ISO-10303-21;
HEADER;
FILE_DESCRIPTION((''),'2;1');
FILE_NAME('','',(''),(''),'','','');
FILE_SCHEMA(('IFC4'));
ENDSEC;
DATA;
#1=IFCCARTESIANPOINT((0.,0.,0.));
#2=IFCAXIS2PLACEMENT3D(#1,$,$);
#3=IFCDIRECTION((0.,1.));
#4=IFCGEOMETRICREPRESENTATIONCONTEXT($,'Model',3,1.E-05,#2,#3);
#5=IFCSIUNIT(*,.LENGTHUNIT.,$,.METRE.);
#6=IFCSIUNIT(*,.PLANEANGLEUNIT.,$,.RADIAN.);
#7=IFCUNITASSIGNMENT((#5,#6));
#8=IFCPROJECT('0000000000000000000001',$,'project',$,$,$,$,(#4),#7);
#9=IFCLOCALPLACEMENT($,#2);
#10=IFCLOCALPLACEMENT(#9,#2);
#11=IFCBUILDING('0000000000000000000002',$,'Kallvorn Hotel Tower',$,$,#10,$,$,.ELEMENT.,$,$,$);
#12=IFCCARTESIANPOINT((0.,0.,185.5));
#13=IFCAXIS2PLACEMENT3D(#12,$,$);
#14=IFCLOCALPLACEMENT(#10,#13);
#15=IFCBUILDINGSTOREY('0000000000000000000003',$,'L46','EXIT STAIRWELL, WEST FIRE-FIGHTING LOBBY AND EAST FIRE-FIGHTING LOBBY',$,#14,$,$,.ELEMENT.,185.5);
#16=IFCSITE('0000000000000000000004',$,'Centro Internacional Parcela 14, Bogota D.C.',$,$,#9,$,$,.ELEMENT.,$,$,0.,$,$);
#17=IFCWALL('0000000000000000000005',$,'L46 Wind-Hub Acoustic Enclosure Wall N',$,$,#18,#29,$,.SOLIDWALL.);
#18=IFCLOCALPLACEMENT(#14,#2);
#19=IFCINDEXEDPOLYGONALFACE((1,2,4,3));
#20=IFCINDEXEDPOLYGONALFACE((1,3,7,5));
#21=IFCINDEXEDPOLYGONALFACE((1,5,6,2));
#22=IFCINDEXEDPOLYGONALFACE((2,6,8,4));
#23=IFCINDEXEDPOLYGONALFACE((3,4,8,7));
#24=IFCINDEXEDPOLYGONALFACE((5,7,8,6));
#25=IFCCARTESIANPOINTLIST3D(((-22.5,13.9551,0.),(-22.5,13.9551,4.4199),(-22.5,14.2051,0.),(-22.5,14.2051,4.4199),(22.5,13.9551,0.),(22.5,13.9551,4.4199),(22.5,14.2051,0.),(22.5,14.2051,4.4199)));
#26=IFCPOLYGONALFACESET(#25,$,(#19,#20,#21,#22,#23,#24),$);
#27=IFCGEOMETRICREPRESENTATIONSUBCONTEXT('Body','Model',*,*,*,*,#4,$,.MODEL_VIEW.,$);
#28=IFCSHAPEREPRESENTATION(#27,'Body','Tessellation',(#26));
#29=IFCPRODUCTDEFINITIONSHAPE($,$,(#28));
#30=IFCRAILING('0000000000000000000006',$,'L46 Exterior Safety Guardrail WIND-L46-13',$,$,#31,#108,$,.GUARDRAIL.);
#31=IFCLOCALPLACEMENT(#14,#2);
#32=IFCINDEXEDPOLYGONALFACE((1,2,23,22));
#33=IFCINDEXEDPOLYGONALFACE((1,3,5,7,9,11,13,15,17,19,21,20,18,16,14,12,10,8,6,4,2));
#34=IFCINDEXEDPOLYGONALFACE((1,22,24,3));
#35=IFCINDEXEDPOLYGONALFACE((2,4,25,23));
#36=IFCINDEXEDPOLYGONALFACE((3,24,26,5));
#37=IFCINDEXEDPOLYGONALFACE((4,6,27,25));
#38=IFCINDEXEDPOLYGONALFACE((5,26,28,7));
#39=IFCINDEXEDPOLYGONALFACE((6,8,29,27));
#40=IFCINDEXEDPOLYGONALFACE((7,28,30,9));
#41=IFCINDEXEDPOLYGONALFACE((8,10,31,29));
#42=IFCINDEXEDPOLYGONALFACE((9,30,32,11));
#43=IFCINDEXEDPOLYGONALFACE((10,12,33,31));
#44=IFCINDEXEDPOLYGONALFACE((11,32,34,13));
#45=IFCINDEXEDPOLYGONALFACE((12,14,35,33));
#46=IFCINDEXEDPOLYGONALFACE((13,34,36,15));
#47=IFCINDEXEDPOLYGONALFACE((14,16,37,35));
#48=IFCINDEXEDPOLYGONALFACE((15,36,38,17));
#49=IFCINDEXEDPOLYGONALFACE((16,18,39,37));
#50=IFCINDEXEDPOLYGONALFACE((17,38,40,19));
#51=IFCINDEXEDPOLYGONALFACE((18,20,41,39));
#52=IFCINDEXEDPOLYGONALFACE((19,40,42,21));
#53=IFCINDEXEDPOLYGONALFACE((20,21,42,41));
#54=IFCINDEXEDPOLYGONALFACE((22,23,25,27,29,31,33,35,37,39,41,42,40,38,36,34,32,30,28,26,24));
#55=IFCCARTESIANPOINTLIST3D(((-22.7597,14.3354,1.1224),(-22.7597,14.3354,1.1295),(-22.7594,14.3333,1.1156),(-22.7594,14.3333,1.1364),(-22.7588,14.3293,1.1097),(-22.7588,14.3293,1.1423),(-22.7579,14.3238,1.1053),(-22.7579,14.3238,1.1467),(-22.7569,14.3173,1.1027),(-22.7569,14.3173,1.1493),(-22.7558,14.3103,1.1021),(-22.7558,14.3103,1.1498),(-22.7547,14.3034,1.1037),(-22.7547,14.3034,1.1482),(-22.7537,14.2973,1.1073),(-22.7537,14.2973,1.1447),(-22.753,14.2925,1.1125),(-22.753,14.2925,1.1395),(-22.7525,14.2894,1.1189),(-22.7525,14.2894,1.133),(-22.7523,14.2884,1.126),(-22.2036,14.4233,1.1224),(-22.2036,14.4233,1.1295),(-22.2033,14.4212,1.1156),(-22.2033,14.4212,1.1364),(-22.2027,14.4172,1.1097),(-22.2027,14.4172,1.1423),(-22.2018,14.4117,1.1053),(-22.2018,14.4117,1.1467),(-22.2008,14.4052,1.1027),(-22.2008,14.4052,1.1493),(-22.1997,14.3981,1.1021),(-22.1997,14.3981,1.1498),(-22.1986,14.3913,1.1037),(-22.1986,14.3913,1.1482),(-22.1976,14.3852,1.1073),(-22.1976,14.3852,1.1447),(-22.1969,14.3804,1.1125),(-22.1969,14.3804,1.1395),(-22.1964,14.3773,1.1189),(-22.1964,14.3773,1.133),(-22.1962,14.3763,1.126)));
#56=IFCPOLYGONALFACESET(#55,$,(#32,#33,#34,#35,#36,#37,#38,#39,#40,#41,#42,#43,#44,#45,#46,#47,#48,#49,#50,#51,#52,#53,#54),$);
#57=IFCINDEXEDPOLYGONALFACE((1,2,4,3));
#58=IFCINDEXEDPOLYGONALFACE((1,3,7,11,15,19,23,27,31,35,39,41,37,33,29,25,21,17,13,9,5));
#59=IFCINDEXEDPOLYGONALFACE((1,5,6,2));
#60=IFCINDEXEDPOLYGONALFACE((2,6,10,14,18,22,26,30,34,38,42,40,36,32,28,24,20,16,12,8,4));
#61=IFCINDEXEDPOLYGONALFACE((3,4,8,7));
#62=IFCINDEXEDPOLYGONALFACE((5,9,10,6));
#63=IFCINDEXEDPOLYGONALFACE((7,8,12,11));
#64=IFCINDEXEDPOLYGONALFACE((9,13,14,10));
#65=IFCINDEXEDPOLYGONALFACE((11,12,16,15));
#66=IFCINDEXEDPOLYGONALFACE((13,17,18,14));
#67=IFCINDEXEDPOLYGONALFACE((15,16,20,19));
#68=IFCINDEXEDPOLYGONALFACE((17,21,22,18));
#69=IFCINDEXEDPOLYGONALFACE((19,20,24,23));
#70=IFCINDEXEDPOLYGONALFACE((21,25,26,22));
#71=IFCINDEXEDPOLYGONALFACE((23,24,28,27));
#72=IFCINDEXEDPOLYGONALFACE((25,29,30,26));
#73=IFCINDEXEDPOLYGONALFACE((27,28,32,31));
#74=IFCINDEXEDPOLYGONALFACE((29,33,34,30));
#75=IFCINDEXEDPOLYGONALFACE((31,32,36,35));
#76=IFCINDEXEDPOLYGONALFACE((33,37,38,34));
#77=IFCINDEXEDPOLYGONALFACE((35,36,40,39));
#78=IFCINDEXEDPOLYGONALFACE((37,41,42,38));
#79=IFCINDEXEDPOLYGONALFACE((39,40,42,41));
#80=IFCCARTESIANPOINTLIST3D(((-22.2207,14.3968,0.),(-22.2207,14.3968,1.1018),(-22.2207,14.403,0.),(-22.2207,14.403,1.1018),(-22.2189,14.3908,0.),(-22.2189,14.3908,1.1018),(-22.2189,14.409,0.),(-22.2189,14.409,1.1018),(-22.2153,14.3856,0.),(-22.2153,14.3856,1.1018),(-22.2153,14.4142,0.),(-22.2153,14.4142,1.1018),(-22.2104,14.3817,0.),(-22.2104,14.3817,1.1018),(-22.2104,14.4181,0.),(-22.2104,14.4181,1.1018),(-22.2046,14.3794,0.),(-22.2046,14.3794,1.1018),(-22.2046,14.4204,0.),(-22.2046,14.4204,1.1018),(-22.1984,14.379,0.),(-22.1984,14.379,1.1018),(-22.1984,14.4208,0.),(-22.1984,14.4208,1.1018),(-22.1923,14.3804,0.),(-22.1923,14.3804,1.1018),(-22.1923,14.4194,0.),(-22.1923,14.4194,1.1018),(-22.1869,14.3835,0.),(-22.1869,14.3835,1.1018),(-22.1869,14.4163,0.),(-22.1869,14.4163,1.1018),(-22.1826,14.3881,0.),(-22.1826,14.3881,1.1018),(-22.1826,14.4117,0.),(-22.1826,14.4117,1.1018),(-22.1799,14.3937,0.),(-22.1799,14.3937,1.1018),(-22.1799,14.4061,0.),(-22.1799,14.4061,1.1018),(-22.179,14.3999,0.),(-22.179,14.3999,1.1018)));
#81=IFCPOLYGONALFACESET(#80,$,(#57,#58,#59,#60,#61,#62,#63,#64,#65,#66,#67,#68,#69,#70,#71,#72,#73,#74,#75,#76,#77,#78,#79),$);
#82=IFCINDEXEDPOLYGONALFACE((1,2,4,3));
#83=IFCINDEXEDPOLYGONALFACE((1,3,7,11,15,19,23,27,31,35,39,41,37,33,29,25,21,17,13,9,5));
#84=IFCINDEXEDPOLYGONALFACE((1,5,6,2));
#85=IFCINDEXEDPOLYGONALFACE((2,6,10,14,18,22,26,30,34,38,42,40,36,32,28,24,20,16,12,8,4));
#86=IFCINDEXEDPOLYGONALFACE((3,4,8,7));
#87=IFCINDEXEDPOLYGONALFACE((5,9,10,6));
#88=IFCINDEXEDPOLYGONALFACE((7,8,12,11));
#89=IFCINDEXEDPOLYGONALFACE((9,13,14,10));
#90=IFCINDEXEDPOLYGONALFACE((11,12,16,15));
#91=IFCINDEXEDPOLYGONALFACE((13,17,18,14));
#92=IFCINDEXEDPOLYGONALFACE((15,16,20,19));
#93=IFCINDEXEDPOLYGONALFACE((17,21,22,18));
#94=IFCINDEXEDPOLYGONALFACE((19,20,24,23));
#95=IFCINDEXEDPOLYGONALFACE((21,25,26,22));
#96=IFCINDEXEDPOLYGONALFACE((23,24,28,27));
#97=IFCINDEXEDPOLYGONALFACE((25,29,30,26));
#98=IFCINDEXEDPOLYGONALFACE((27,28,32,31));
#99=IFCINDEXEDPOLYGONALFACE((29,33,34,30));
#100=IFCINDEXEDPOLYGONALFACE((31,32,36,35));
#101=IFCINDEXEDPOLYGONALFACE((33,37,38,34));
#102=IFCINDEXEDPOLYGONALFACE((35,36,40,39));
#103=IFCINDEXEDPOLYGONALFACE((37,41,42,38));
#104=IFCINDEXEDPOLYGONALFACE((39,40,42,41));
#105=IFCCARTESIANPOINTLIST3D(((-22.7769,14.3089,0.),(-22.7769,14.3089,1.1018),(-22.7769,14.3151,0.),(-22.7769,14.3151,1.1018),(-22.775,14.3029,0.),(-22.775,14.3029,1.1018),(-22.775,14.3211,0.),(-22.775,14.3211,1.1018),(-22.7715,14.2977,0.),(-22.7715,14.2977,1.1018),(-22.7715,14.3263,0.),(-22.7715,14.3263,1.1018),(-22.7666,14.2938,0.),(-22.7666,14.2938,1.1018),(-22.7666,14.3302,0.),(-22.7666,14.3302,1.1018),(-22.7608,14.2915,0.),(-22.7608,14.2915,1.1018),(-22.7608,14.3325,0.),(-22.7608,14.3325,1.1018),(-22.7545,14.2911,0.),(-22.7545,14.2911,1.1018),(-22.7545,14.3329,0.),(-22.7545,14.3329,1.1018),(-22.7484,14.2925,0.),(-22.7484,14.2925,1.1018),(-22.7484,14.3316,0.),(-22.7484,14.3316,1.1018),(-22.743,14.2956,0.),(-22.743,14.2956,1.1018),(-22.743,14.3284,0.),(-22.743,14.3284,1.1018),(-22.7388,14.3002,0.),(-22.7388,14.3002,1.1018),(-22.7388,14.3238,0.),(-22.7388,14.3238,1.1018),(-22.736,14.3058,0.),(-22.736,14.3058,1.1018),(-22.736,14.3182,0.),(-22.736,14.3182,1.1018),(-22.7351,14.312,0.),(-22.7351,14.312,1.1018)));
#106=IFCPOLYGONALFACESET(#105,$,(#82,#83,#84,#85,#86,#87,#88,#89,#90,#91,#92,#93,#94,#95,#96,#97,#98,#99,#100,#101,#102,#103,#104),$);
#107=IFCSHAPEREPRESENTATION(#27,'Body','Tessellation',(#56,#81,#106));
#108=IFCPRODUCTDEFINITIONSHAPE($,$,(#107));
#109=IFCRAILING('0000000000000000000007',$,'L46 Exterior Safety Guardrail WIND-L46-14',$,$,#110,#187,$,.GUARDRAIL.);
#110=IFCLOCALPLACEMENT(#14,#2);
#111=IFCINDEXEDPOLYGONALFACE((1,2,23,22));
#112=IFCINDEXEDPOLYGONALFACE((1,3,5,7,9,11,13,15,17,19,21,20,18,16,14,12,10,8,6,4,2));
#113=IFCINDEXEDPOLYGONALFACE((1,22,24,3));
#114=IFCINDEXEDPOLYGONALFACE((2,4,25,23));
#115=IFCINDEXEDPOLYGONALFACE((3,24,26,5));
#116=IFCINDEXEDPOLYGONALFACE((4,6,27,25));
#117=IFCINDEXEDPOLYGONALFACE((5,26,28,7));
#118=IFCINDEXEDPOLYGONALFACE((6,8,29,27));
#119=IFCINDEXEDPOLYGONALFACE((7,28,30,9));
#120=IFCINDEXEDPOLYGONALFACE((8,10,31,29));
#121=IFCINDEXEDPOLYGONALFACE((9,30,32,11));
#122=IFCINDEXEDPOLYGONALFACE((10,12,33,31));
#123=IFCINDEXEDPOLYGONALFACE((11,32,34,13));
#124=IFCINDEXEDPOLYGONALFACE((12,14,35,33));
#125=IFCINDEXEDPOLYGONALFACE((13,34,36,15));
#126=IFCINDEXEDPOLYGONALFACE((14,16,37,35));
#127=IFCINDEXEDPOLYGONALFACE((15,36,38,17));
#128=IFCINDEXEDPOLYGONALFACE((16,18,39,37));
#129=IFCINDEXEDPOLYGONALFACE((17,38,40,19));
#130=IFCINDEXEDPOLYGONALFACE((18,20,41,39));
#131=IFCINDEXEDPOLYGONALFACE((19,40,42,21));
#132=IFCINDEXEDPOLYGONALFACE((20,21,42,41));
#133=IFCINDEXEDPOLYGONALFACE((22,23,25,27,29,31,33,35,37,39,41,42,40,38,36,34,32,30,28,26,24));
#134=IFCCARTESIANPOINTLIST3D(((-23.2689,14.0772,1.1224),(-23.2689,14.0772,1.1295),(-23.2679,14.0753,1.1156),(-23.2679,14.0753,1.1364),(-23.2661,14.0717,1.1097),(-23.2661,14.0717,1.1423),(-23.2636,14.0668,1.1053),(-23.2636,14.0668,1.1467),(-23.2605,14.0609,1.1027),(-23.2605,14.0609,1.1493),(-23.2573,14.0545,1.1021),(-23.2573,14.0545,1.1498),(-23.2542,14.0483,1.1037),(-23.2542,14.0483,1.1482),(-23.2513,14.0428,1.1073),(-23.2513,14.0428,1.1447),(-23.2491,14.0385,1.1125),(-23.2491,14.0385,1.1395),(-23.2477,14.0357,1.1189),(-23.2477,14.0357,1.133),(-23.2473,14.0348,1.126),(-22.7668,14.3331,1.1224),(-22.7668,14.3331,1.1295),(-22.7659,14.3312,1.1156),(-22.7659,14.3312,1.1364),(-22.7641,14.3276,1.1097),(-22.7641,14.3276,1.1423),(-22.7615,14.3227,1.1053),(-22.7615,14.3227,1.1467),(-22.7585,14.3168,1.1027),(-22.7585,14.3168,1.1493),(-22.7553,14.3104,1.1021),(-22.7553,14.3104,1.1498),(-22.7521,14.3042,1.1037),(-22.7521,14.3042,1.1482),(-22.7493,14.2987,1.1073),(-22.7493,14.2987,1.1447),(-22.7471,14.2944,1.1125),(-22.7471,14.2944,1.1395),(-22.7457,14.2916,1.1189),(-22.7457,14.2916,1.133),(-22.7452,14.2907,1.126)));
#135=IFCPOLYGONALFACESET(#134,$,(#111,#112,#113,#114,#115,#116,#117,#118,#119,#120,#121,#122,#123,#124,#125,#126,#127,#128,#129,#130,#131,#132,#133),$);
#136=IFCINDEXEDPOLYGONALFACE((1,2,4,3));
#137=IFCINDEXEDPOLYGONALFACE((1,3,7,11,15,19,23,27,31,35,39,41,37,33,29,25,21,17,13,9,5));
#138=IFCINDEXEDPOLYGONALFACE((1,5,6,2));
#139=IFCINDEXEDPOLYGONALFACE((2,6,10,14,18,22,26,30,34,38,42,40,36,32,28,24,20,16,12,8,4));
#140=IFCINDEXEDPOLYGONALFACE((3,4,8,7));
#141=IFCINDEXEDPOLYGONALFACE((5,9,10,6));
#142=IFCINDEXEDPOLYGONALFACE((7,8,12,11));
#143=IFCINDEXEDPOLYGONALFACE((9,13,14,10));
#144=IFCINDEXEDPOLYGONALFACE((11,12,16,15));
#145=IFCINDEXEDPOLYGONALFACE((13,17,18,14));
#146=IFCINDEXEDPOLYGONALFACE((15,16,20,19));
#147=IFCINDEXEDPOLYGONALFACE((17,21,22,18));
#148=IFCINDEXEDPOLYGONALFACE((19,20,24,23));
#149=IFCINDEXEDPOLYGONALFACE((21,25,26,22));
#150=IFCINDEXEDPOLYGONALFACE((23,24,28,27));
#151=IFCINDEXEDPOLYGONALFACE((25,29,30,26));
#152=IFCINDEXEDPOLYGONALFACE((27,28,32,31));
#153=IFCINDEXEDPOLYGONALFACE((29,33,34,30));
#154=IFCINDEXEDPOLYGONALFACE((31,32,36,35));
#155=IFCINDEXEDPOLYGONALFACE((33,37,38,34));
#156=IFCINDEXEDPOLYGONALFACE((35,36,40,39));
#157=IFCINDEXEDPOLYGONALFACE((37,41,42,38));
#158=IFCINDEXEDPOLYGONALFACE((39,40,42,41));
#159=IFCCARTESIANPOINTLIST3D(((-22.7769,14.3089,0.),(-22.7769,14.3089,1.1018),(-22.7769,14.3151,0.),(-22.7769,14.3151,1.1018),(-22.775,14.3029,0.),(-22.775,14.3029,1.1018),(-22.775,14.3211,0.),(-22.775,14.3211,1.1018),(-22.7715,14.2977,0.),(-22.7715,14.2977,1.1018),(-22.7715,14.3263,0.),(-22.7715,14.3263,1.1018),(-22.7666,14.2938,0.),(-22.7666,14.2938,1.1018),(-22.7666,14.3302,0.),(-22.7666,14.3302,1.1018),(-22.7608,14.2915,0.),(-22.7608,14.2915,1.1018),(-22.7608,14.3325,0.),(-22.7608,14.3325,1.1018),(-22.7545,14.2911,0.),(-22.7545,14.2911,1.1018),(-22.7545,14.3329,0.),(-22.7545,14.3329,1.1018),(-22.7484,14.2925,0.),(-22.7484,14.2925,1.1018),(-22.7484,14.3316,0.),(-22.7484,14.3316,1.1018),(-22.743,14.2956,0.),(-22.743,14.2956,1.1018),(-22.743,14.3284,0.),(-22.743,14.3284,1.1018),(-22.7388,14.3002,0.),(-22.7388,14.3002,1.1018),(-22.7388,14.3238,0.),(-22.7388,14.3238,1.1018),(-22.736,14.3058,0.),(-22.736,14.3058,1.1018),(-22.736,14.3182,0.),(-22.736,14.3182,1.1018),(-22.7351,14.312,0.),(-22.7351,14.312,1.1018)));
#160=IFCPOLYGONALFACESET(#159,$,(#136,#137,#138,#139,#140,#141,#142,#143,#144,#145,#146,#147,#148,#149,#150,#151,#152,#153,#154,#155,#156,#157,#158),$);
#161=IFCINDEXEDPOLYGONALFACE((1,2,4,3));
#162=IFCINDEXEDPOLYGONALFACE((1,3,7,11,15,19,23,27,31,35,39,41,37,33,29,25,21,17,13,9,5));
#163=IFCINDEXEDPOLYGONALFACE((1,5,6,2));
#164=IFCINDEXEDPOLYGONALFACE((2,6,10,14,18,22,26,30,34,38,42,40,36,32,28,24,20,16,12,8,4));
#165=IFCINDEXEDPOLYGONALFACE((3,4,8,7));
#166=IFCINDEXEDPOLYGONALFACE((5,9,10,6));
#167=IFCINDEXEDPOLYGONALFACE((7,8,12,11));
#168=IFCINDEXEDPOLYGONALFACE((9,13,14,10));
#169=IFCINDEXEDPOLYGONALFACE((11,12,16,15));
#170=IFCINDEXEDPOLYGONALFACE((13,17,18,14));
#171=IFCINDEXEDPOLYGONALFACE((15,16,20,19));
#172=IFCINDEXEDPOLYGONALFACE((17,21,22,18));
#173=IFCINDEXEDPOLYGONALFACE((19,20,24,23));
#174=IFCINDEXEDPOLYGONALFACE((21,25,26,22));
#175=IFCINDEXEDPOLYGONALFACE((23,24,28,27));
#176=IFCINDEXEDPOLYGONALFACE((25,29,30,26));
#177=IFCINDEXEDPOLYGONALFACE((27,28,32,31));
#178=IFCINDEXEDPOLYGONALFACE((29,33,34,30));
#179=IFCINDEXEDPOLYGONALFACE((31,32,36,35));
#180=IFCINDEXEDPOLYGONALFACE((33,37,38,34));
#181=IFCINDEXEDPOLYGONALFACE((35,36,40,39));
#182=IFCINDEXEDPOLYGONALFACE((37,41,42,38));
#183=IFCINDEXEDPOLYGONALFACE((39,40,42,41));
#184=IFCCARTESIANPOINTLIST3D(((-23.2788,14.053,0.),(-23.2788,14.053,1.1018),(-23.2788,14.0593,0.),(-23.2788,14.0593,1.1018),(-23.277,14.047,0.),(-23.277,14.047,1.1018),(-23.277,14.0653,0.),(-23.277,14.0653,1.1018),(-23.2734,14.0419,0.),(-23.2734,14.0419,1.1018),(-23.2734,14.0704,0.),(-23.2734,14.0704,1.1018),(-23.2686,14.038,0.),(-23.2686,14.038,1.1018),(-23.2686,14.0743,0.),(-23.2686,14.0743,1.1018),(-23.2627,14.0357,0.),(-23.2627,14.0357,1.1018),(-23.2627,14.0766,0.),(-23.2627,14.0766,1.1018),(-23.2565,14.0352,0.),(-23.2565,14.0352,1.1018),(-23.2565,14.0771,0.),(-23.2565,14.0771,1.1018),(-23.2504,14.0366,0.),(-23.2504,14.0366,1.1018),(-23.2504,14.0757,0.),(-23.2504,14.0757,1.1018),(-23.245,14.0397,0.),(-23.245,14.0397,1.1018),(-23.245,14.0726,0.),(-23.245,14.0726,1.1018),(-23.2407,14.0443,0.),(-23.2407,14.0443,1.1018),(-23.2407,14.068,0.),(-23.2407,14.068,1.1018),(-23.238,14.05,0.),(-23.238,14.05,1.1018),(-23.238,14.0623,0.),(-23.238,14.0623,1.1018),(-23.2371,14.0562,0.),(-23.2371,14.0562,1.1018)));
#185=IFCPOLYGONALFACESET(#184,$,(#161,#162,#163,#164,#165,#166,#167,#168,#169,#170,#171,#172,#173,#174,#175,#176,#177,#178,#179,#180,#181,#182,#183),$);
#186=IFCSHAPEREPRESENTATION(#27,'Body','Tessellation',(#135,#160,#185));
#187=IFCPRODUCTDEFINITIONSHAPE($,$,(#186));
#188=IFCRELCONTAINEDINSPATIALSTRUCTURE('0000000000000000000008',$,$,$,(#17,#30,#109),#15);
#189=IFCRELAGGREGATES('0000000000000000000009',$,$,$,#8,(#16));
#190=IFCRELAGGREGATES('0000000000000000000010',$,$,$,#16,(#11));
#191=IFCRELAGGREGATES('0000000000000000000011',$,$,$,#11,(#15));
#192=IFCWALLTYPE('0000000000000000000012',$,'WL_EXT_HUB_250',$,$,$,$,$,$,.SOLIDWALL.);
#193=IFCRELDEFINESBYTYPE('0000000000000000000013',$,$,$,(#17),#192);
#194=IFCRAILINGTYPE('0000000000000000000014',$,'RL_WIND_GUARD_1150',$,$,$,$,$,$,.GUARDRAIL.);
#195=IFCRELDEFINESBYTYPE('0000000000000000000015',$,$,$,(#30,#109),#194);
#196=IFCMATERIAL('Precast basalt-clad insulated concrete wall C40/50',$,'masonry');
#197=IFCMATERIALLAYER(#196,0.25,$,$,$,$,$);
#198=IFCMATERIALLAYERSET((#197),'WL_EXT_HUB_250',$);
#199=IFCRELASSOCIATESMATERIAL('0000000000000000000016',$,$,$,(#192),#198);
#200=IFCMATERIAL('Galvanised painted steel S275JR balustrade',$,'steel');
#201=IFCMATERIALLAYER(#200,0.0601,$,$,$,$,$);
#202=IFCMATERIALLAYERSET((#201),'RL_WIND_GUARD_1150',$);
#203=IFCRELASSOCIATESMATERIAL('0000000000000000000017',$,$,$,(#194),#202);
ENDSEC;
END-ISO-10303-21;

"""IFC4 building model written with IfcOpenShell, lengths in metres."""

from ifc_helpers import new_model, si_unit, direction, frame, frame_2d, origin, origin_2d, place, context, subcontext, project, spatial, rectangle, circle, extrude, material, layer, layer_set, type_object, element, save


model = new_model("IFC4")

# Units and contexts
model_context = context("Model", 3, precision=1e-05, world=origin(), true_north=direction((0.0, 1.0)))
body_context = subcontext(model_context, "Body", "Model", "MODEL_VIEW")
ifc_project = project(units=[si_unit("LENGTHUNIT", "METRE"), si_unit("PLANEANGLEUNIT", "RADIAN")], contexts=[model_context])

# Site, building, storey
site_placement = place(None, origin())
site = spatial("IfcSite", under=ifc_project, at=site_placement, Name="Centro Internacional Parcela 14, Bogota D.C.", CompositionType="ELEMENT", RefElevation=0.0)
building_placement = place(site_placement, origin())
building = spatial("IfcBuilding", under=site, at=building_placement, Name="Kallvorn Hotel Tower", CompositionType="ELEMENT")
storey_placement = place(building_placement, frame((0.0, 0.0, 185.5)))
storey = spatial("IfcBuildingStorey", under=building, at=storey_placement, Name="L46", Description="EXIT STAIRWELL, WEST FIRE-FIGHTING LOBBY AND EAST FIRE-FIGHTING LOBBY", CompositionType="ELEMENT", Elevation=185.5)

# Wall
ifc_material_1 = material(Name="Precast basalt-clad insulated concrete wall C40/50", Category="masonry")
ifc_layer_1 = layer(ifc_material_1, 0.25)
ifc_layer_set_1 = layer_set([ifc_layer_1], Name="WL_EXT_HUB_250")
wall_type = type_object("IfcWallType", Name="WL_EXT_HUB_250", PredefinedType="SOLIDWALL", material=ifc_layer_set_1)
wall_placement = place(storey_placement, frame((-22.5, 14.0801, 0.0), z_axis=(0.0, 0.0, 1.0), x_axis=(1.0, 0.0, 0.0)))
element("IfcWall", 1, at=wall_placement, inside=storey, type_object=wall_type, Name="L46 Wind-Hub Acoustic Enclosure Wall N", PredefinedType="SOLIDWALL", context=body_context, shape_type="SweptSolid", body=[
    extrude(rectangle(XDim=45.0, YDim=0.25, at=frame_2d((22.5, 0.0))), origin(), (0.0, 0.0, 1.0), 4.4199),
])

# Railings
ifc_material_2 = material(Name="Galvanised painted steel S275JR balustrade", Category="steel")
ifc_layer_2 = layer(ifc_material_2, 0.0601)
ifc_layer_set_2 = layer_set([ifc_layer_2], Name="RL_WIND_GUARD_1150")
railing_type = type_object("IfcRailingType", Name="RL_WIND_GUARD_1150", PredefinedType="GUARDRAIL", material=ifc_layer_set_2)
railing_1_placement = place(storey_placement, frame((-22.2, 14.3999, 0.0)))
element("IfcRailing", 2, at=railing_1_placement, inside=storey, type_object=railing_type, Name="L46 Exterior Safety Guardrail WIND-L46-13", PredefinedType="GUARDRAIL", context=body_context, shape_type="SweptSolid", body=[
    extrude(circle(Radius=0.0239, at=origin_2d()), frame((0.0, 0.0, 1.126), z_axis=(-0.987742, -0.156096, 0.0), x_axis=(0.156096, -0.987742, 0.0)), (0.0, 0.0, 1.0), 0.563),
    extrude(circle(Radius=0.021, at=origin_2d()), origin(), (0.0, 0.0, 1.0), 1.1018),
    extrude(circle(Radius=0.021, at=origin_2d()), frame((-0.5562, -0.0879, 0.0)), (0.0, 0.0, 1.0), 1.1018),
])
railing_2_placement = place(storey_placement, frame((-22.7561, 14.312, 0.0)))
element("IfcRailing", 3, at=railing_2_placement, inside=storey, type_object=railing_type, Name="L46 Exterior Safety Guardrail WIND-L46-14", PredefinedType="GUARDRAIL", context=body_context, shape_type="SweptSolid", body=[
    extrude(circle(Radius=0.0239, at=origin_2d()), frame((0.0, 0.0, 1.126), z_axis=(-0.890934, -0.454133, 0.0), x_axis=(0.454133, -0.890934, 0.0)), (0.0, 0.0, 1.0), 0.5635),
    extrude(circle(Radius=0.021, at=origin_2d()), origin(), (0.0, 0.0, 1.0), 1.1018),
    extrude(circle(Radius=0.021, at=origin_2d()), frame((-0.502, -0.2559, 0.0)), (0.0, 0.0, 1.0), 1.1018),
])

save(model, "model.ifc")
